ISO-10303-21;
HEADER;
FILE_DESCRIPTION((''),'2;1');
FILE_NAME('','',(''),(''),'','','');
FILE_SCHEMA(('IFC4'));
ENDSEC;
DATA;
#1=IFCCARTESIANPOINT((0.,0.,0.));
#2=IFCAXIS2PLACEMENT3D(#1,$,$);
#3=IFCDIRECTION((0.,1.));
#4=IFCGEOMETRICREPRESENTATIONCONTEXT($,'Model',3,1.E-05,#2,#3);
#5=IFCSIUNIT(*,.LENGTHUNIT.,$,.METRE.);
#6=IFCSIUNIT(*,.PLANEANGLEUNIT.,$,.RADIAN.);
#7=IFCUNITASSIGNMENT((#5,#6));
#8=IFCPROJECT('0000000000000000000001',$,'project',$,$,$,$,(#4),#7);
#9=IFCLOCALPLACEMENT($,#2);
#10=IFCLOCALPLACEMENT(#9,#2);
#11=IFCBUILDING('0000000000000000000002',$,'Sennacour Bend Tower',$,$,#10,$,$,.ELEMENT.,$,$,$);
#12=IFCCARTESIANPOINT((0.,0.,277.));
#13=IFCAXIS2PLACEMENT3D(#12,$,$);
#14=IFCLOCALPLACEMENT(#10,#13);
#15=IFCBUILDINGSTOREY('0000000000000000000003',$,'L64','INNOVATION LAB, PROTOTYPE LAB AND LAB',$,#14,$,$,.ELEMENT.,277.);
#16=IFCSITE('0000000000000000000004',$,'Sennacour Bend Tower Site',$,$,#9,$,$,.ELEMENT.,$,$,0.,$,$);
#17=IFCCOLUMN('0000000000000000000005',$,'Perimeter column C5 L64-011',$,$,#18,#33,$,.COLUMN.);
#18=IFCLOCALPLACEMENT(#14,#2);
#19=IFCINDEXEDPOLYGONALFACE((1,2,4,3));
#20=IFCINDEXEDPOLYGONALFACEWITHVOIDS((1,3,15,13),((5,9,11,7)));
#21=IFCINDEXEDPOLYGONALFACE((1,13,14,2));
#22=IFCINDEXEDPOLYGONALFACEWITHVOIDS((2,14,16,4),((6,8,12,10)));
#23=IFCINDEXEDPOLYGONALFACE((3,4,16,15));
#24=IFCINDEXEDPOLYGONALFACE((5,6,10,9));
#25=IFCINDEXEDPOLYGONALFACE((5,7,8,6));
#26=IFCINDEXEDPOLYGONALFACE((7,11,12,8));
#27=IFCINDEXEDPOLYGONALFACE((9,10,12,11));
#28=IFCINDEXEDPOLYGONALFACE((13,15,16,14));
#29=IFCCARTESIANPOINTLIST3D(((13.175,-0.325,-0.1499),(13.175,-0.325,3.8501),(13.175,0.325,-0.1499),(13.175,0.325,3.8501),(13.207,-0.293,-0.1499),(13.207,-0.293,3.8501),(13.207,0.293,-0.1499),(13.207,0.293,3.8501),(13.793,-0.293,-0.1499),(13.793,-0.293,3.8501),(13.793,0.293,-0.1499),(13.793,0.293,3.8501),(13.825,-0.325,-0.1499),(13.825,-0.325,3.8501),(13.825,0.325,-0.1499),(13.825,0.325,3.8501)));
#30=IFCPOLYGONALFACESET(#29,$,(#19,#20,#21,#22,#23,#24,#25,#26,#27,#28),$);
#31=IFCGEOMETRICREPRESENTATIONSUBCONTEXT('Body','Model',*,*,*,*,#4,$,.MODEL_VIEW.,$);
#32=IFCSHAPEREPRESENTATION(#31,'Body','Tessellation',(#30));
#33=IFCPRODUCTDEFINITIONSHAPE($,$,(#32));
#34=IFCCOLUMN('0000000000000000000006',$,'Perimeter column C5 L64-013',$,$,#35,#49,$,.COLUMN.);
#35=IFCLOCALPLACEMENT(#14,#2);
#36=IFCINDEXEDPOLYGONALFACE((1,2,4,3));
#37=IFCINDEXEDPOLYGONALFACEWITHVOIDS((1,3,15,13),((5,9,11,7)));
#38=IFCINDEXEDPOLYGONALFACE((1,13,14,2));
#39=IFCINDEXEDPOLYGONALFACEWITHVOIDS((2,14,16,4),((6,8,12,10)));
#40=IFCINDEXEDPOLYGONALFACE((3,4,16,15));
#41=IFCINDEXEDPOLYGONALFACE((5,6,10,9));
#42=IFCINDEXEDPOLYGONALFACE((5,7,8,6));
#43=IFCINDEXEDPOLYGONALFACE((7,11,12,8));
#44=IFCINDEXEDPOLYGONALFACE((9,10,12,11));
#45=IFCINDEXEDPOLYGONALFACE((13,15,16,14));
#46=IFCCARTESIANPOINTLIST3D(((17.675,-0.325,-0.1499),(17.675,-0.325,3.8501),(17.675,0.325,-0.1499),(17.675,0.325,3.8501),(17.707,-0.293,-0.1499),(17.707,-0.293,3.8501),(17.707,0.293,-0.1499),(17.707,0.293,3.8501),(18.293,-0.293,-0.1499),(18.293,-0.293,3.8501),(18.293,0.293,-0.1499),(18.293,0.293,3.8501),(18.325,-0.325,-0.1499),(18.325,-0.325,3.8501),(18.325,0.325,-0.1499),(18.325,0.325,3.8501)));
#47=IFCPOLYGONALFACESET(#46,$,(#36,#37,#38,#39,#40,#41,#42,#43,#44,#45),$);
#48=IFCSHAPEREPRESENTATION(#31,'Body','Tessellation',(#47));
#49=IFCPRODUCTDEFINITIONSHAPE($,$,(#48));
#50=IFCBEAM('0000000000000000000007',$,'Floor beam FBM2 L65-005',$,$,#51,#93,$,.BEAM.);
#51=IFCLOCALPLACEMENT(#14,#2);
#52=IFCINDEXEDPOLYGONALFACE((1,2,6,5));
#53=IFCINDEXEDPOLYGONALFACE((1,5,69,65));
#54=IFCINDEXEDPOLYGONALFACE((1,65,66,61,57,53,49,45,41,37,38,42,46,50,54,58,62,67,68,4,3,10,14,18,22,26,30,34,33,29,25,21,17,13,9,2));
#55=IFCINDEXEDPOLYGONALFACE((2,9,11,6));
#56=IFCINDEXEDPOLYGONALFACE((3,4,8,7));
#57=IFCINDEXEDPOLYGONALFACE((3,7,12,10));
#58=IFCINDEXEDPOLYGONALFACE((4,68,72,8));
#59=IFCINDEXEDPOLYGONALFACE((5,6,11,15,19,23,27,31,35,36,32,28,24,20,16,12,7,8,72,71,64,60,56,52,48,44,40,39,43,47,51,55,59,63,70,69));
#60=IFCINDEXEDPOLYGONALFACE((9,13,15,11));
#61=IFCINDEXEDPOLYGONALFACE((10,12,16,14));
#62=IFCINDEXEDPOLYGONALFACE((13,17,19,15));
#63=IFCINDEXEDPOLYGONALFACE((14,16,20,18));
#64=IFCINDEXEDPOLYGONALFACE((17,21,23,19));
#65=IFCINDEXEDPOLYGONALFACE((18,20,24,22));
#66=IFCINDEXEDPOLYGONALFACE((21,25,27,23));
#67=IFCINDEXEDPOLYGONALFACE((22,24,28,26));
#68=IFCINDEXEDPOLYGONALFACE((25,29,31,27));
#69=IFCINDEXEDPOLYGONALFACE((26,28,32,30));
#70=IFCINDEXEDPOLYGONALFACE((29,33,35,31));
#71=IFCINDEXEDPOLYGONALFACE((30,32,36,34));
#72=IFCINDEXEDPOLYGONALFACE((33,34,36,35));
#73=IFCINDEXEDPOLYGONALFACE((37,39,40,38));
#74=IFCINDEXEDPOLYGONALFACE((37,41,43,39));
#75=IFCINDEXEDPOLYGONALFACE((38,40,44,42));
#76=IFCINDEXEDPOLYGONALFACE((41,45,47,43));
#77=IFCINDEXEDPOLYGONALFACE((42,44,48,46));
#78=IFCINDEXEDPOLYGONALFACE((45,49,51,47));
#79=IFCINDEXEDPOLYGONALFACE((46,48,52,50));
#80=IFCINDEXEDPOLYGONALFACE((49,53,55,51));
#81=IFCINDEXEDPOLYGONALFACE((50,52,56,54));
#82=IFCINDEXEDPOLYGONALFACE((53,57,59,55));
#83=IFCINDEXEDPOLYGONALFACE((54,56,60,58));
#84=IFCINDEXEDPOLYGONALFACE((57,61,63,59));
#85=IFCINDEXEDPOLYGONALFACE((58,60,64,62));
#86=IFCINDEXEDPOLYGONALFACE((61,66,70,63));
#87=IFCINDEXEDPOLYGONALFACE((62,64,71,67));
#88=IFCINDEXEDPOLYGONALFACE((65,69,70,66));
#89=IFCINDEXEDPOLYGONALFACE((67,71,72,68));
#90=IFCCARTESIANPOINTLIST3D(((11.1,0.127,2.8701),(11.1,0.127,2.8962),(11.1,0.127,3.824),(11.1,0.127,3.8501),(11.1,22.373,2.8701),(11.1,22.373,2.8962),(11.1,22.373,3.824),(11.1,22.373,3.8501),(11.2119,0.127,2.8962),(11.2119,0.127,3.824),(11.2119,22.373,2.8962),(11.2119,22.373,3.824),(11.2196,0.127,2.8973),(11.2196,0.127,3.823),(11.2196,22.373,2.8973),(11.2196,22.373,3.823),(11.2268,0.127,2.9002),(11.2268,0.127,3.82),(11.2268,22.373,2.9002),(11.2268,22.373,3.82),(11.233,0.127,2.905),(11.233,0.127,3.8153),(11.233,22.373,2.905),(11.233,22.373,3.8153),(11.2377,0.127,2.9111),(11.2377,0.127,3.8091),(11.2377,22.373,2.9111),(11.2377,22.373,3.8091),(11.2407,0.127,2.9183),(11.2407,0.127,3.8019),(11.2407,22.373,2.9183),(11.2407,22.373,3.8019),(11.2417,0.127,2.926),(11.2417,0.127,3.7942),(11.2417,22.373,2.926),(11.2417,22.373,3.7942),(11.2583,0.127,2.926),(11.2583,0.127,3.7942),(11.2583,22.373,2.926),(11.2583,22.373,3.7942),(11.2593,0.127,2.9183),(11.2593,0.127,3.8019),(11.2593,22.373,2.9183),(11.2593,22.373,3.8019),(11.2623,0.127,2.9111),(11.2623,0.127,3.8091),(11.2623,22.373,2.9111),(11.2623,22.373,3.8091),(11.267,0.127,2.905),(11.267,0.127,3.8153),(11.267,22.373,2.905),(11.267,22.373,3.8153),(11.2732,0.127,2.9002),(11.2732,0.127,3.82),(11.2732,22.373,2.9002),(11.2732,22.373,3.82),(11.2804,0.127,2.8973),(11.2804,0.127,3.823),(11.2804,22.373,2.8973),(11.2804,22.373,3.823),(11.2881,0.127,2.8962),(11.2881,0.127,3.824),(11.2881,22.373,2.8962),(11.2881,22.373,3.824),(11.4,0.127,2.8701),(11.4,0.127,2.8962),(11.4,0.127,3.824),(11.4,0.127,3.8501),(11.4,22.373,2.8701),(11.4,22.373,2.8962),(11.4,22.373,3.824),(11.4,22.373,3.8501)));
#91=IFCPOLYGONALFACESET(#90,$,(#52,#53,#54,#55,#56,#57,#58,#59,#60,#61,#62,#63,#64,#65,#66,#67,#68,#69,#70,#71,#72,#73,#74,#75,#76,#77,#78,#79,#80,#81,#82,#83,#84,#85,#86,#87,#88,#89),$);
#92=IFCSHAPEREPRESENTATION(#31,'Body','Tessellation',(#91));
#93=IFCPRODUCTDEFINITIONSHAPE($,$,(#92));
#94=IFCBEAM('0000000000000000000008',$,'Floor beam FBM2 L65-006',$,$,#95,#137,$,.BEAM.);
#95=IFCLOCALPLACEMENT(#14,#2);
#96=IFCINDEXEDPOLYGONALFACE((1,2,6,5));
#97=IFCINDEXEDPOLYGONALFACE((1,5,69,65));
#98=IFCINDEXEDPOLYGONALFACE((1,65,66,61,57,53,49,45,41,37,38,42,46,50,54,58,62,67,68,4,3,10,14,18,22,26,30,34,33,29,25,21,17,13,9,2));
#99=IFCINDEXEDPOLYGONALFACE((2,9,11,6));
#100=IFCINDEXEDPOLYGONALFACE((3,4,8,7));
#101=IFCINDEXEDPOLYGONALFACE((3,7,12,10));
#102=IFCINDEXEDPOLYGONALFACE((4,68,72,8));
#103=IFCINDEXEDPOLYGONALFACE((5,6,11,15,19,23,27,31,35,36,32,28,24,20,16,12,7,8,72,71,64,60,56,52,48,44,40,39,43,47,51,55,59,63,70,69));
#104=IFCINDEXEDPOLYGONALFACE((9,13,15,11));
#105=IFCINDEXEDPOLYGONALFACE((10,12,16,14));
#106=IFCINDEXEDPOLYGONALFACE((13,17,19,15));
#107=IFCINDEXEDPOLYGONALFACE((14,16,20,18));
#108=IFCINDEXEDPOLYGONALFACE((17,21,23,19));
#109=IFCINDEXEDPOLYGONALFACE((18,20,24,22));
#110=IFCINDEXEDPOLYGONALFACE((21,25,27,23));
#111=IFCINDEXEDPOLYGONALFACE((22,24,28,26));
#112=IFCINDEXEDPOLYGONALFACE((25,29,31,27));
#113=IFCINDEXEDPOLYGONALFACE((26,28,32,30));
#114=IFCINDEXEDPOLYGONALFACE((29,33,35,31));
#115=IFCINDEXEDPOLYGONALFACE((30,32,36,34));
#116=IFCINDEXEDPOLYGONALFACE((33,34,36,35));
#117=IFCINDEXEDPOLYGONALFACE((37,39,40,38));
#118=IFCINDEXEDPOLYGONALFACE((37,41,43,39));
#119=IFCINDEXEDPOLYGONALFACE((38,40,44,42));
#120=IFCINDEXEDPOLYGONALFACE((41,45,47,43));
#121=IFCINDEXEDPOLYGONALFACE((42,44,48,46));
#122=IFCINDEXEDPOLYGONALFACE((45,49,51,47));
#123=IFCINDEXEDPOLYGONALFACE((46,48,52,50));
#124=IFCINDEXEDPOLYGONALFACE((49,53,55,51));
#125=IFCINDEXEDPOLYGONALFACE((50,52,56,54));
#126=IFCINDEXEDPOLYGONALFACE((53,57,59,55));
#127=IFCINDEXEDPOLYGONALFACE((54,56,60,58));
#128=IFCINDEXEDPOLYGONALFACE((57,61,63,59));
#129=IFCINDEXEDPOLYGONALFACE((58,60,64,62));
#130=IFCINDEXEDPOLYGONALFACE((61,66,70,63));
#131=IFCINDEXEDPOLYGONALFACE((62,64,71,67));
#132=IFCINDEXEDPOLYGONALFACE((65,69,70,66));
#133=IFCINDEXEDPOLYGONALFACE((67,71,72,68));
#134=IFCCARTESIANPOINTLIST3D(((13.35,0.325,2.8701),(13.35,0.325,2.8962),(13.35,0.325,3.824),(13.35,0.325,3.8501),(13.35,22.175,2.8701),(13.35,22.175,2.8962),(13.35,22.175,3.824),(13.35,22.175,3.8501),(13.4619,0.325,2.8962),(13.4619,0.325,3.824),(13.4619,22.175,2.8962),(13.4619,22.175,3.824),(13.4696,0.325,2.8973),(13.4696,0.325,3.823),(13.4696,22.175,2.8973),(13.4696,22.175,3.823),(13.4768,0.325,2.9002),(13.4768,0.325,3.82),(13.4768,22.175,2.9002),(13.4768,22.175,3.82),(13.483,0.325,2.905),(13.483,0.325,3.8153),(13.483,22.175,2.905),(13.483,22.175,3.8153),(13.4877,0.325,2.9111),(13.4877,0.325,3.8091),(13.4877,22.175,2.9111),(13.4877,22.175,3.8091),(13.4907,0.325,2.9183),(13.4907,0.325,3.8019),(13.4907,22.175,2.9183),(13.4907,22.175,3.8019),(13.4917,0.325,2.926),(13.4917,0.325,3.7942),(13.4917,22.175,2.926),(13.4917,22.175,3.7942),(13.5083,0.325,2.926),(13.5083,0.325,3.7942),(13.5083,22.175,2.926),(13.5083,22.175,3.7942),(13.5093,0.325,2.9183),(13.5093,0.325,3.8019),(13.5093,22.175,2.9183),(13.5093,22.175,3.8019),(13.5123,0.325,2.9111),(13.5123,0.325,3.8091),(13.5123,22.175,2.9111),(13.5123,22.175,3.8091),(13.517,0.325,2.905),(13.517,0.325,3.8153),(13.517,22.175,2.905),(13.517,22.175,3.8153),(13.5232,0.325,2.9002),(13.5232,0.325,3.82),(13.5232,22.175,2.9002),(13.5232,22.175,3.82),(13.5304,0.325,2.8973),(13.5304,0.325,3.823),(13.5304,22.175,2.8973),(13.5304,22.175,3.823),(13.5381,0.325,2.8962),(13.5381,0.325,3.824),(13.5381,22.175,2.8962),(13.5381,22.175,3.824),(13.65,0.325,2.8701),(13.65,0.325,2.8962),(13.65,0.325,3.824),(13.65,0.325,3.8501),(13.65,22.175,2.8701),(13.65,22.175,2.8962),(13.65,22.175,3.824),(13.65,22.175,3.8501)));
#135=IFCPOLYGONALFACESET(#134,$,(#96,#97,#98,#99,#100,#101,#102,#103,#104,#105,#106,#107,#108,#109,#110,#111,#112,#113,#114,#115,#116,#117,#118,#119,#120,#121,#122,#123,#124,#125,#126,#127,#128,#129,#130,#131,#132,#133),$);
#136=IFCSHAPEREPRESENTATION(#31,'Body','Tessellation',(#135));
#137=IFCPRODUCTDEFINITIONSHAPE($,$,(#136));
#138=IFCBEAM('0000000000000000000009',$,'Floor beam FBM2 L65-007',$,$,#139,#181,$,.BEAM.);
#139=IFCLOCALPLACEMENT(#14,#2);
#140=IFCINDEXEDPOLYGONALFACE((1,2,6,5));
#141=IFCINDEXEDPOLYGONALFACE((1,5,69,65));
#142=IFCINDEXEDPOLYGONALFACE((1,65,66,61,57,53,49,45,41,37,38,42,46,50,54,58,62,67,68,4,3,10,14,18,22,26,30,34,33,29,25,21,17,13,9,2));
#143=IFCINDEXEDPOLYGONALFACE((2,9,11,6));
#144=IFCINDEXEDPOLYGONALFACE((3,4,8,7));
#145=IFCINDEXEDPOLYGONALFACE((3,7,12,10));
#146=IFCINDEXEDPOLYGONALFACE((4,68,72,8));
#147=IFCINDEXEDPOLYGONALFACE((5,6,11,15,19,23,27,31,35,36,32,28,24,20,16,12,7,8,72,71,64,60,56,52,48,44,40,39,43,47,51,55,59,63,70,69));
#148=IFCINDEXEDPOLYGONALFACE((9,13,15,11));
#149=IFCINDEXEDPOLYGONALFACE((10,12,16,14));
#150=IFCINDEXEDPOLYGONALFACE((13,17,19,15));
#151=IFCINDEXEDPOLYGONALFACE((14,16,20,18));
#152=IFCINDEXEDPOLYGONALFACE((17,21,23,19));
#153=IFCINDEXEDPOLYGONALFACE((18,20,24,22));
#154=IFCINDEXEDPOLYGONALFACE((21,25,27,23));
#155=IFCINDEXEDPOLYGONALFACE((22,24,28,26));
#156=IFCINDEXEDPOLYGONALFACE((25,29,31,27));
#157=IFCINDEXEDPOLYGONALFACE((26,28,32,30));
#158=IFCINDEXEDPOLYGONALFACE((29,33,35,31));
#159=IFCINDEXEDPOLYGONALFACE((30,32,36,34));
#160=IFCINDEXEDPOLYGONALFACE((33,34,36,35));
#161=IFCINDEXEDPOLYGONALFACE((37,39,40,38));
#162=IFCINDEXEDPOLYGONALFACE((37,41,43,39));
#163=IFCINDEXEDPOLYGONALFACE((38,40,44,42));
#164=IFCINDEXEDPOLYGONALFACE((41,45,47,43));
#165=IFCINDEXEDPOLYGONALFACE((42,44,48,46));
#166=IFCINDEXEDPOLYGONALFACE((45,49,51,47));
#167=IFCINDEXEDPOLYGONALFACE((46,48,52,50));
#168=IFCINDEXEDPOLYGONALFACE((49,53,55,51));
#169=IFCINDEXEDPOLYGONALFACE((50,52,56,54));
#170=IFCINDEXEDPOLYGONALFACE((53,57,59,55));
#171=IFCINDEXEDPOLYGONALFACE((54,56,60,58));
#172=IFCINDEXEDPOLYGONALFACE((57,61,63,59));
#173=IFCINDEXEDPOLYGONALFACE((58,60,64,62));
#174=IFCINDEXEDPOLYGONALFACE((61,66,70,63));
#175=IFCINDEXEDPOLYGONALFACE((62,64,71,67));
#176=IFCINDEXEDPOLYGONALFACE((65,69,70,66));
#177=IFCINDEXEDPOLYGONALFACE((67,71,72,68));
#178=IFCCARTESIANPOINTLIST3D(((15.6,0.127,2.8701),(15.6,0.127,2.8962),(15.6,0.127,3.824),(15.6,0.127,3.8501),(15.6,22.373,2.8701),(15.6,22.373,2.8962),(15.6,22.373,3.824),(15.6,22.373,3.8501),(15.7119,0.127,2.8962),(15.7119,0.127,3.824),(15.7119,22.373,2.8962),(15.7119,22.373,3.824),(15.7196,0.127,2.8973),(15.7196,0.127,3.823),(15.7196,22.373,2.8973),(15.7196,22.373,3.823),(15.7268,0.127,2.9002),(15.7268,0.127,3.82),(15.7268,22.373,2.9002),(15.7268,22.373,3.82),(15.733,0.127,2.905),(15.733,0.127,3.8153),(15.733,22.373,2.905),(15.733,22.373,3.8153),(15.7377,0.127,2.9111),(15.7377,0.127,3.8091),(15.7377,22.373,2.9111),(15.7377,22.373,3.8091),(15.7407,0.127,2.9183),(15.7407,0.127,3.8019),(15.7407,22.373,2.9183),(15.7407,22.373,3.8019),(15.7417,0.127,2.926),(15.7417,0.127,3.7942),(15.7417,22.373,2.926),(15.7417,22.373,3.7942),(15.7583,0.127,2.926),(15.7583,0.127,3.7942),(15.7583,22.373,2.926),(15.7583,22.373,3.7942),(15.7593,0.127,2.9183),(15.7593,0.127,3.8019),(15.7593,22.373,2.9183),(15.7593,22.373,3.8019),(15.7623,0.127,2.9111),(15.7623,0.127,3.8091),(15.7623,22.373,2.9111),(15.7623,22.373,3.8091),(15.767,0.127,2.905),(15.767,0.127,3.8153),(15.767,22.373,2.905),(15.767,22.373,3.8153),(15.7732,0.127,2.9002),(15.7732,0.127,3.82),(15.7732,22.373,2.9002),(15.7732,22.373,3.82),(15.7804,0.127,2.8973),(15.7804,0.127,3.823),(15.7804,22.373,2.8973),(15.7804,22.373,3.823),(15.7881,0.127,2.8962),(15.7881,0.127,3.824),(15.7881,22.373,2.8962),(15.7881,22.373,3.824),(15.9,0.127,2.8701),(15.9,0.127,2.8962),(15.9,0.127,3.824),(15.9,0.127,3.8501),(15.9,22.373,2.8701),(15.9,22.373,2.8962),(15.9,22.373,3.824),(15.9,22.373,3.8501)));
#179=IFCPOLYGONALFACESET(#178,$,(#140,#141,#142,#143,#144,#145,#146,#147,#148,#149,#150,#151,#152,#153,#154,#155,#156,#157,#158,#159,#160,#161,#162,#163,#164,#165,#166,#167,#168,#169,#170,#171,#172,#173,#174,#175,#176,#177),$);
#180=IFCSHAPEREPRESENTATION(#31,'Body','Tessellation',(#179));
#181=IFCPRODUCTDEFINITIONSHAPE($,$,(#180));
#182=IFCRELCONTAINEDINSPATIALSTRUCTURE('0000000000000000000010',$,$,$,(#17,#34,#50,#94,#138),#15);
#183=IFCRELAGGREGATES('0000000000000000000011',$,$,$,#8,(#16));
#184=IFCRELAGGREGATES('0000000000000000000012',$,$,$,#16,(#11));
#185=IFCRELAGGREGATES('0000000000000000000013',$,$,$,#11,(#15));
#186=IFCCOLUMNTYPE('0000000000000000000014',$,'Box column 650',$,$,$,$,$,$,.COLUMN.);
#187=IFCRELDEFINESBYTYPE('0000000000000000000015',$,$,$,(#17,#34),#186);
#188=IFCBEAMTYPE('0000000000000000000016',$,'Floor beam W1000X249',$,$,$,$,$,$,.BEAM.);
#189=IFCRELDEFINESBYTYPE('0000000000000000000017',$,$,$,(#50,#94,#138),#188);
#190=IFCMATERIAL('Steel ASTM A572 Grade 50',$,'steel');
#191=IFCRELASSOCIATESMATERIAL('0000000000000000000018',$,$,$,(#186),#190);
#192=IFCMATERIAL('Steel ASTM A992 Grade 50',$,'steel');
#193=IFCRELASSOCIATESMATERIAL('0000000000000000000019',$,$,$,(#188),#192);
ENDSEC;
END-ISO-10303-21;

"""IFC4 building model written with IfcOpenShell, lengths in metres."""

from ifc_helpers import new_model, si_unit, direction, frame, origin, origin_2d, place, context, subcontext, project, spatial, hollow_rectangle, i_section, extrude, material, material_profile, profile_set, type_object, element, save


model = new_model("IFC4")

# Units and contexts
model_context = context("Model", 3, precision=1e-05, world=origin(), true_north=direction((0.0, 1.0)))
body_context = subcontext(model_context, "Body", "Model", "MODEL_VIEW")
ifc_project = project(units=[si_unit("LENGTHUNIT", "METRE"), si_unit("PLANEANGLEUNIT", "RADIAN")], contexts=[model_context])

# Site, building, storey
site_placement = place(None, origin())
site = spatial("IfcSite", under=ifc_project, at=site_placement, Name="Sennacour Bend Tower Site", CompositionType="ELEMENT", RefElevation=0.0)
building_placement = place(site_placement, origin())
building = spatial("IfcBuilding", under=site, at=building_placement, Name="Sennacour Bend Tower", CompositionType="ELEMENT")
storey_placement = place(building_placement, frame((0.0, 0.0, 277.0)))
storey = spatial("IfcBuildingStorey", under=building, at=storey_placement, Name="L64", Description="INNOVATION LAB, PROTOTYPE LAB AND LAB", CompositionType="ELEMENT", Elevation=277.0)

# Columns
ifc_material_1 = material(Name="Steel ASTM A572 Grade 50", Category="steel")
ifc_material_profile_1 = material_profile(ifc_material_1, hollow_rectangle(XDim=0.6499, YDim=0.6499, WallThickness=0.032, at=origin_2d()), Name="Steel ASTM A572 Grade 50", Category="steel")
ifc_profile_set_1 = profile_set([ifc_material_profile_1], Name="Steel ASTM A572 Grade 50")
column_type = type_object("IfcColumnType", Name="Box column 650", PredefinedType="COLUMN", material=ifc_profile_set_1)
for number, where, z_axis, x_axis, name in (
    (1, (13.5, 0.0, -0.1499), (0.0, 0.0, 1.0), (1.0, 0.0, 0.0), "Perimeter column C5 L64-011"),
    (2, (18.0, 0.0, -0.1499), (0.0, 0.0, 1.0), (1.0, 0.0, 0.0), "Perimeter column C5 L64-013"),
):
    element("IfcColumn", number, at=place(storey_placement, frame(where, z_axis=z_axis, x_axis=x_axis)), inside=storey, type_object=column_type, Name=name, PredefinedType="COLUMN", context=body_context, shape_type="SweptSolid", body=[
        extrude(hollow_rectangle(XDim=0.6499, YDim=0.6499, WallThickness=0.032, at=origin_2d()), origin(), (0.0, 0.0, 1.0), 4.0),
    ])

# Beams
ifc_material_2 = material(Name="Steel ASTM A992 Grade 50", Category="steel")
ifc_material_profile_2 = material_profile(ifc_material_2, i_section(OverallWidth=0.3, OverallDepth=0.98, WebThickness=0.0166, FlangeThickness=0.0261, FilletRadius=0.0298, at=origin_2d()), Name="Steel ASTM A992 Grade 50", Category="steel")
ifc_profile_set_2 = profile_set([ifc_material_profile_2], Name="Steel ASTM A992 Grade 50")
beam_type_1 = type_object("IfcBeamType", Name="Floor beam W1000X249", PredefinedType="BEAM", material=ifc_profile_set_2)
beam_1_placement = place(storey_placement, frame((11.25, 0.127, 3.3601), z_axis=(0.0, 1.0, 0.0), x_axis=(-1.0, 0.0, 0.0)))
element("IfcBeam", 3, at=beam_1_placement, inside=storey, type_object=beam_type_1, Name="Floor beam FBM2 L65-005", PredefinedType="BEAM", context=body_context, shape_type="SweptSolid", body=[
    extrude(i_section(OverallWidth=0.3, OverallDepth=0.98, WebThickness=0.0166, FlangeThickness=0.0261, FilletRadius=0.0298, at=origin_2d()), origin(), (0.0, 0.0, 1.0), 22.2461),
])
beam_2_placement = place(storey_placement, frame((13.5, 0.325, 3.3601), z_axis=(0.0, 1.0, 0.0), x_axis=(-1.0, 0.0, 0.0)))
element("IfcBeam", 4, at=beam_2_placement, inside=storey, type_object=beam_type_1, Name="Floor beam FBM2 L65-006", PredefinedType="BEAM", context=body_context, shape_type="SweptSolid", body=[
    extrude(i_section(OverallWidth=0.3, OverallDepth=0.98, WebThickness=0.0166, FlangeThickness=0.0261, FilletRadius=0.0298, at=origin_2d()), origin(), (0.0, 0.0, 1.0), 21.8501),
])
beam_3_placement = place(storey_placement, frame((15.75, 0.127, 3.3601), z_axis=(0.0, 1.0, 0.0), x_axis=(-1.0, 0.0, 0.0)))
element("IfcBeam", 5, at=beam_3_placement, inside=storey, type_object=beam_type_1, Name="Floor beam FBM2 L65-007", PredefinedType="BEAM", context=body_context, shape_type="SweptSolid", body=[
    extrude(i_section(OverallWidth=0.3, OverallDepth=0.98, WebThickness=0.0166, FlangeThickness=0.0261, FilletRadius=0.0298, at=origin_2d()), origin(), (0.0, 0.0, 1.0), 22.2461),
])

save(model, "model.ifc")
